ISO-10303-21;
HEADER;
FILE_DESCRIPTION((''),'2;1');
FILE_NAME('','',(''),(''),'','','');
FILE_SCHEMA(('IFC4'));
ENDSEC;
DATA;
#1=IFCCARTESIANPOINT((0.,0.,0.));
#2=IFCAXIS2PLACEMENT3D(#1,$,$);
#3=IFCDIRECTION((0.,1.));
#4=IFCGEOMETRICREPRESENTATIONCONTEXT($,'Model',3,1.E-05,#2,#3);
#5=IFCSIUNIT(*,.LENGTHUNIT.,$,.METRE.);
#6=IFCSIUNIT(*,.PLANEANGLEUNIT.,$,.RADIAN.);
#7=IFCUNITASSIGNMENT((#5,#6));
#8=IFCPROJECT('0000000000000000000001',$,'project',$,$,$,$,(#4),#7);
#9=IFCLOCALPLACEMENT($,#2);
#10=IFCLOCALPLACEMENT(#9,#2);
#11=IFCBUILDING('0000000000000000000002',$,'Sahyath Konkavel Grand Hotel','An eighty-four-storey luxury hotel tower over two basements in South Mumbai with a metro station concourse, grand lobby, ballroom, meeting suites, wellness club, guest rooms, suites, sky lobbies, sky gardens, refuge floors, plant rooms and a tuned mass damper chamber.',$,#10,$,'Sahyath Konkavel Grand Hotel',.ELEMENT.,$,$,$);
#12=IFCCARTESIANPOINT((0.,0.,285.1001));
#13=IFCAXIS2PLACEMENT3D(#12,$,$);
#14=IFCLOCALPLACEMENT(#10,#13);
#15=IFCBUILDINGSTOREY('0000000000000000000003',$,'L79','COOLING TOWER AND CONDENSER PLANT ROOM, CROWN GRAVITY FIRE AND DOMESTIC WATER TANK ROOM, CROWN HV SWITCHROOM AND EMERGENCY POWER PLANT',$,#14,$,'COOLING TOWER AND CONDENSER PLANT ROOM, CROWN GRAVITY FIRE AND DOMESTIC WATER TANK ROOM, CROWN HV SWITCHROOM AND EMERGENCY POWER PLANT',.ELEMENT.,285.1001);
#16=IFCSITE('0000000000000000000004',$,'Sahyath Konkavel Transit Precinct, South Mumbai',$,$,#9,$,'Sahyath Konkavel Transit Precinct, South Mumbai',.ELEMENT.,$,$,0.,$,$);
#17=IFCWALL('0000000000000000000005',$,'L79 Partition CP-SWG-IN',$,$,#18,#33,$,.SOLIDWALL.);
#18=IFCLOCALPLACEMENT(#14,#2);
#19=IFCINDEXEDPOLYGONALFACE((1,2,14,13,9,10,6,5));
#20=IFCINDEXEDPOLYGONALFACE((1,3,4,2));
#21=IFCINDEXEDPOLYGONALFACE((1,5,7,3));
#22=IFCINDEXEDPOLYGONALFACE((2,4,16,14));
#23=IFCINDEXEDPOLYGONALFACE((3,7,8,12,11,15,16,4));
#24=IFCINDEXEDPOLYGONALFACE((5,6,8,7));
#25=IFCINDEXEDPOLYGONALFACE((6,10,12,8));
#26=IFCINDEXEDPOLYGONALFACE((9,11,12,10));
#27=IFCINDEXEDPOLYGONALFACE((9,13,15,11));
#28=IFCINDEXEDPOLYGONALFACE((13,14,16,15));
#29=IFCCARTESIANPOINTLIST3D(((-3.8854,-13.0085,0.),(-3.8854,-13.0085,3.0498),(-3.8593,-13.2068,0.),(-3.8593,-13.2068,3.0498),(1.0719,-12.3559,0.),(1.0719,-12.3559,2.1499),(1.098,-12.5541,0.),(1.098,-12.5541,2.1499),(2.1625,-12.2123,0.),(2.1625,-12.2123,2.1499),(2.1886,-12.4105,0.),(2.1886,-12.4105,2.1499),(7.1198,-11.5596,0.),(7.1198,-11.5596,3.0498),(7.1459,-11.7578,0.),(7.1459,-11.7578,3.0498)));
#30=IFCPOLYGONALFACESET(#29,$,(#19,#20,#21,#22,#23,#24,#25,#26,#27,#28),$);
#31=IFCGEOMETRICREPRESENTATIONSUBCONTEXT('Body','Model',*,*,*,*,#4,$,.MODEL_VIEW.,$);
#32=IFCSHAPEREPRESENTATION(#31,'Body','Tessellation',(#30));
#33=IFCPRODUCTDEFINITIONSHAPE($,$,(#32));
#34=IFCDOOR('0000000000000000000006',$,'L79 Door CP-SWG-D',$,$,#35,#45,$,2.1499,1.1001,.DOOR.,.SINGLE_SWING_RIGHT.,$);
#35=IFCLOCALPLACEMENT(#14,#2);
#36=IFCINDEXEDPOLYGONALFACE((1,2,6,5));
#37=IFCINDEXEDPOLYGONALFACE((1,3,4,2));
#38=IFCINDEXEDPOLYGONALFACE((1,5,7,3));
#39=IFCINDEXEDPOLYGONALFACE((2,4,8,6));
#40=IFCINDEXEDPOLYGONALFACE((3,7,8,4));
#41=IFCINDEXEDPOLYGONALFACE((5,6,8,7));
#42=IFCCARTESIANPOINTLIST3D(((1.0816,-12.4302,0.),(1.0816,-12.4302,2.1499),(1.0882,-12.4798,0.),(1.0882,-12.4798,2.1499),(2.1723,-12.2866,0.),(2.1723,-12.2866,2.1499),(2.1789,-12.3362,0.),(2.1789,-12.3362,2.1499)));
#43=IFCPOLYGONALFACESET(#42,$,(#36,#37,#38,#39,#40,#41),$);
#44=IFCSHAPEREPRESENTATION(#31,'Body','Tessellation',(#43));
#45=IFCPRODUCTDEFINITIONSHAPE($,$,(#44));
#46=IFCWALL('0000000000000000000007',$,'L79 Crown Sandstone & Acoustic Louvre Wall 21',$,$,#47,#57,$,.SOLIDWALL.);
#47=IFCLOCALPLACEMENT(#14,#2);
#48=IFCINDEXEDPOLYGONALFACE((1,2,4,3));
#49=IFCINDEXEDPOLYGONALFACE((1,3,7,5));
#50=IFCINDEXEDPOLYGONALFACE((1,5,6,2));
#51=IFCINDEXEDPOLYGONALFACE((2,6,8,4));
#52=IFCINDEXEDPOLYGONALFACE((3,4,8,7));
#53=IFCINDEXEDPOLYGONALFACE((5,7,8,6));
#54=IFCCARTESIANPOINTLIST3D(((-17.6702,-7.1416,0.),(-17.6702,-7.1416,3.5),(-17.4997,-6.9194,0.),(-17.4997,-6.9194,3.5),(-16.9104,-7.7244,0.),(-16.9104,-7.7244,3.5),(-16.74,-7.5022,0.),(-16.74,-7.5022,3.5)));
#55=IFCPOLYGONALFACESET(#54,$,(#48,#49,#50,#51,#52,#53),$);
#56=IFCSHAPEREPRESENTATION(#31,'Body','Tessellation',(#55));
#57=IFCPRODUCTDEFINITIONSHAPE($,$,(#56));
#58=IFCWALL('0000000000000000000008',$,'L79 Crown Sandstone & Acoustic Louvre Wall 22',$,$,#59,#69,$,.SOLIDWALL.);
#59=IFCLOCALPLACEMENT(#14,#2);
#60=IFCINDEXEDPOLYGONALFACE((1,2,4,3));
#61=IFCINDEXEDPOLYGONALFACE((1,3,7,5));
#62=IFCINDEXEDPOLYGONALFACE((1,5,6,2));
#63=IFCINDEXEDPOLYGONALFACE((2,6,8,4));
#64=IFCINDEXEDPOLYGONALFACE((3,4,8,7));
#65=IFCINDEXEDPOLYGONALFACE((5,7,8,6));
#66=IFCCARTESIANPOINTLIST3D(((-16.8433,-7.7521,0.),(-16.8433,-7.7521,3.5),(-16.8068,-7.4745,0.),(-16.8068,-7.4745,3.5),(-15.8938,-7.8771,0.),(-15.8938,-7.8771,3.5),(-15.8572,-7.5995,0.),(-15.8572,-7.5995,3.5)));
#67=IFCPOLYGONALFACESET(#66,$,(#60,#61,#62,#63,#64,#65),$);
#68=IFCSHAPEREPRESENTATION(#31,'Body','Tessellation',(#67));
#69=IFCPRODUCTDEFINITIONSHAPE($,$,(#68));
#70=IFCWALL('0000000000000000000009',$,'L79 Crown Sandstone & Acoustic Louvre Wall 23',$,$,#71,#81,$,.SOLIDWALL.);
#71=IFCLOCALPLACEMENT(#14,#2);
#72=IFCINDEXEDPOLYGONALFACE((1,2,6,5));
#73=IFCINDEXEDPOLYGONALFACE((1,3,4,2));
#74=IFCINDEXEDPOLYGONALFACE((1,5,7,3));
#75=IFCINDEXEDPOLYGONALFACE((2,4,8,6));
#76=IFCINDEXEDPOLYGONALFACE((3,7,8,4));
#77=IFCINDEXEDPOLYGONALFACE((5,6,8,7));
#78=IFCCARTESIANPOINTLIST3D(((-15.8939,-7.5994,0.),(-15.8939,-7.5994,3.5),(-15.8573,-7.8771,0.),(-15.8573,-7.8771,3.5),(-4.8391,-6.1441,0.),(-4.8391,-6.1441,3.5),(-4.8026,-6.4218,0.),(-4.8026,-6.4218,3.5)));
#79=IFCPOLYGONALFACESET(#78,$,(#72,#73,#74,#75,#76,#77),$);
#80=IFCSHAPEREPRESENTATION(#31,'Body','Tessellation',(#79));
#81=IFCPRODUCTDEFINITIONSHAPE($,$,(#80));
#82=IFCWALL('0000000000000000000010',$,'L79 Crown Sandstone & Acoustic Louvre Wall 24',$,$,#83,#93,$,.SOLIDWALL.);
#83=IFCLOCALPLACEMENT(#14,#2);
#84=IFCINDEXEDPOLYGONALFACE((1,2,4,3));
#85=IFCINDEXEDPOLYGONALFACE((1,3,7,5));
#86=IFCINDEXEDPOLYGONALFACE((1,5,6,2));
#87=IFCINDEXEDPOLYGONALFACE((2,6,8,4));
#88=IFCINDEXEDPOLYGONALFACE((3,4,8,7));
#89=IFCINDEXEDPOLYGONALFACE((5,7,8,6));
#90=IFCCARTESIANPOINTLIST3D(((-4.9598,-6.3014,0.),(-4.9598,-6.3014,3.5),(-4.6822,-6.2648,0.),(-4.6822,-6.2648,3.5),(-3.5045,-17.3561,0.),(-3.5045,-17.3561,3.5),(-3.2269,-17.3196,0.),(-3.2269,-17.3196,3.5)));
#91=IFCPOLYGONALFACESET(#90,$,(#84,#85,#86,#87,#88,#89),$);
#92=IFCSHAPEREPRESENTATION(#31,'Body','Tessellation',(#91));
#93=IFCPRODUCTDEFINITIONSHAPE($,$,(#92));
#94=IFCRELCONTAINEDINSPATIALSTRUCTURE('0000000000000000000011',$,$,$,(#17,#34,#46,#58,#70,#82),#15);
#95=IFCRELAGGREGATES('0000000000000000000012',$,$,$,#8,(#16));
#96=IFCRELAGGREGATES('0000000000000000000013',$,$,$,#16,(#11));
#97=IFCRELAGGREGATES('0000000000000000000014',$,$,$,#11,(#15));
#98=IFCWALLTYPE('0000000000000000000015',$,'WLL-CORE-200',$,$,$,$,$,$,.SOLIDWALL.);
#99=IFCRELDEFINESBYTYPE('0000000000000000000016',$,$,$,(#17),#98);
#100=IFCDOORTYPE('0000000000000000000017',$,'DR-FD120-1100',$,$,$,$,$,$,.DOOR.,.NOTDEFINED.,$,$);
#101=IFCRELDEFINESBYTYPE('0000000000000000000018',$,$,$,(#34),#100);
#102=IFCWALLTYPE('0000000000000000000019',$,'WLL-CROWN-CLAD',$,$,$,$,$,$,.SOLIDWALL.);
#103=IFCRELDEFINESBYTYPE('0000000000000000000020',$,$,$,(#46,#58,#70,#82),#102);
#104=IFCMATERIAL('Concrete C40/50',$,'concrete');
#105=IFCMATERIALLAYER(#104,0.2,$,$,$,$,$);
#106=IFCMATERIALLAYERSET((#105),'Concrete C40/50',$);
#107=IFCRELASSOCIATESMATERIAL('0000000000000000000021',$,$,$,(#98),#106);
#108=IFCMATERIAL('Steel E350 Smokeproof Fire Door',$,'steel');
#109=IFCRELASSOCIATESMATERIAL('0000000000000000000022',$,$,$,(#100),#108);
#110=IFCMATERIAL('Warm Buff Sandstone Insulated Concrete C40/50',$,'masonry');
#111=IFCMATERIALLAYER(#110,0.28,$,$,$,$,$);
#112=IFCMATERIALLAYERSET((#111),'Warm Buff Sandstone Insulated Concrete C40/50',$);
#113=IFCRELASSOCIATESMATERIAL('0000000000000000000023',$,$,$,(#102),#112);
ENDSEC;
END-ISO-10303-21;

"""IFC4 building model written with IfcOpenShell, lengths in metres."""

from ifc_helpers import new_model, si_unit, direction, frame, frame_2d, origin, origin_2d, place, context, subcontext, project, spatial, rectangle, extrude, source, transform, mapped, material, layer, layer_set, type_object, element, fill, save


model = new_model("IFC4")

# Units and contexts
model_context = context("Model", 3, precision=1e-05, world=origin(), true_north=direction((0.0, 1.0)))
body_context = subcontext(model_context, "Body", "Model", "MODEL_VIEW")
ifc_project = project(units=[si_unit("LENGTHUNIT", "METRE"), si_unit("PLANEANGLEUNIT", "RADIAN")], contexts=[model_context])

# Site, building, storey
site_placement = place(None, origin())
site = spatial("IfcSite", under=ifc_project, at=site_placement, Name="Sahyath Konkavel Transit Precinct, South Mumbai", LongName="Sahyath Konkavel Transit Precinct, South Mumbai", CompositionType="ELEMENT", RefElevation=0.0)
building_placement = place(site_placement, origin())
building = spatial("IfcBuilding", under=site, at=building_placement, Name="Sahyath Konkavel Grand Hotel", Description="An eighty-four-storey luxury hotel tower over two basements in South Mumbai with a metro station concourse, grand lobby, ballroom, meeting suites, wellness club, guest rooms, suites, sky lobbies, sky gardens, refuge floors, plant rooms and a tuned mass damper chamber.", LongName="Sahyath Konkavel Grand Hotel", CompositionType="ELEMENT")
storey_placement = place(building_placement, frame((0.0, 0.0, 285.1001)))
storey = spatial("IfcBuildingStorey", under=building, at=storey_placement, Name="L79", Description="COOLING TOWER AND CONDENSER PLANT ROOM, CROWN GRAVITY FIRE AND DOMESTIC WATER TANK ROOM, CROWN HV SWITCHROOM AND EMERGENCY POWER PLANT", LongName="COOLING TOWER AND CONDENSER PLANT ROOM, CROWN GRAVITY FIRE AND DOMESTIC WATER TANK ROOM, CROWN HV SWITCHROOM AND EMERGENCY POWER PLANT", CompositionType="ELEMENT", Elevation=285.1001)

# Shared definitions
ifc_material_1 = material(Name="Concrete C40/50", Category="concrete")

# Shared definitions
ifc_layer_1 = layer(ifc_material_1, 0.2)
ifc_layer_set_1 = layer_set([ifc_layer_1], Name="Concrete C40/50")
wall_type_1 = type_object("IfcWallType", Name="WLL-CORE-200", PredefinedType="SOLIDWALL", material=ifc_layer_set_1)

# Wall, opening, door
wall_1_placement = place(storey_placement, frame((-3.8723, -13.1077, 0.0), z_axis=(0.0, 0.0, 1.0), x_axis=(0.991443, 0.130537, 0.0)))
wall_1 = element("IfcWall", 1, at=wall_1_placement, inside=storey, type_object=wall_type_1, Name="L79 Partition CP-SWG-IN", PredefinedType="SOLIDWALL", context=body_context, shape_type="SweptSolid", body=[
    extrude(rectangle(XDim=11.1001, YDim=0.2, at=frame_2d((5.55, 0.0))), origin(), (0.0, 0.0, 1.0), 3.0498),
])
opening_1_placement = place(wall_1_placement, frame((5.0, 0.0, 0.0)))
opening_1 = element("IfcOpeningElement", 2, at=opening_1_placement, cuts=wall_1, PredefinedType="OPENING", context=body_context, shape_type="SweptSolid", body=[
    extrude(rectangle(XDim=1.1001, YDim=2.1499, at=frame_2d((0.55, 1.075))), frame((0.0, 0.1099, 0.0), z_axis=(0.0, -1.0, 0.0), x_axis=(1.0, 0.0, 0.0)), (0.0, 0.0, 1.0), 0.22),
])
ifc_material_2 = material(Name="Steel E350 Smokeproof Fire Door", Category="steel")
door_type_1 = type_object("IfcDoorType", Name="DR-FD120-1100", OperationType="NOTDEFINED", PredefinedType="DOOR", material=ifc_material_2)
shared_shape_1 = source(origin(), body_context, "Body", "SweptSolid", [
    extrude(rectangle(XDim=1.1001, YDim=0.05, at=origin_2d()), origin(), (0.0, 0.0, 1.0), 2.1499),
])
door_1_placement = place(opening_1_placement, frame((0.55, 0.0, 0.0)))
door_1 = element("IfcDoor", 3, at=door_1_placement, inside=storey, type_object=door_type_1, Name="L79 Door CP-SWG-D", OperationType="SINGLE_SWING_RIGHT", OverallHeight=2.1499, OverallWidth=1.1001, PredefinedType="DOOR", context=body_context, shape_type="MappedRepresentation", body=[
    mapped(shared_shape_1, transform((0.0, 0.0, 0.0), scale=1.0)),
])
fill(opening_1, door_1)

# Walls
ifc_material_3 = material(Name="Warm Buff Sandstone Insulated Concrete C40/50", Category="masonry")
ifc_layer_2 = layer(ifc_material_3, 0.28)
ifc_layer_set_2 = layer_set([ifc_layer_2], Name="Warm Buff Sandstone Insulated Concrete C40/50")
wall_type_2 = type_object("IfcWallType", Name="WLL-CROWN-CLAD", PredefinedType="SOLIDWALL", material=ifc_layer_set_2)
wall_2_placement = place(storey_placement, frame((-17.585, -7.0305, 0.0), z_axis=(0.0, 0.0, 1.0), x_axis=(0.793467, -0.608614, 0.0)))
element("IfcWall", 4, at=wall_2_placement, inside=storey, type_object=wall_type_2, Name="L79 Crown Sandstone & Acoustic Louvre Wall 21", PredefinedType="SOLIDWALL", context=body_context, shape_type="SweptSolid", body=[
    extrude(rectangle(XDim=0.9575, YDim=0.28, at=frame_2d((0.4788, 0.0))), origin(), (0.0, 0.0, 1.0), 3.5),
])
wall_3_placement = place(storey_placement, frame((-16.8252, -7.6133, 0.0), z_axis=(0.0, 0.0, 1.0), x_axis=(0.991445, -0.130527, 0.0)))
element("IfcWall", 5, at=wall_3_placement, inside=storey, type_object=wall_type_2, Name="L79 Crown Sandstone & Acoustic Louvre Wall 22", PredefinedType="SOLIDWALL", context=body_context, shape_type="SweptSolid", body=[
    extrude(rectangle(XDim=0.9578, YDim=0.28, at=frame_2d((0.479, 0.0))), origin(), (0.0, 0.0, 1.0), 3.5),
])
for number, where, z_axis, x_axis, name in (
    (6, (-15.8757, -7.7383, 0.0), (0.0, 0.0, 1.0), (0.991445, 0.130521, 0.0), "L79 Crown Sandstone & Acoustic Louvre Wall 23"),
    (7, (-4.821, -6.283, 0.0), (0.0, 0.0, 1.0), (0.130521, -0.991445, 0.0), "L79 Crown Sandstone & Acoustic Louvre Wall 24"),
):
    element("IfcWall", number, at=place(storey_placement, frame(where, z_axis=z_axis, x_axis=x_axis)), inside=storey, type_object=wall_type_2, Name=name, PredefinedType="SOLIDWALL", context=body_context, shape_type="SweptSolid", body=[
        extrude(rectangle(XDim=11.1501, YDim=0.28, at=frame_2d((5.5752, 0.0))), origin(), (0.0, 0.0, 1.0), 3.5),
    ])

save(model, "model.ifc")
